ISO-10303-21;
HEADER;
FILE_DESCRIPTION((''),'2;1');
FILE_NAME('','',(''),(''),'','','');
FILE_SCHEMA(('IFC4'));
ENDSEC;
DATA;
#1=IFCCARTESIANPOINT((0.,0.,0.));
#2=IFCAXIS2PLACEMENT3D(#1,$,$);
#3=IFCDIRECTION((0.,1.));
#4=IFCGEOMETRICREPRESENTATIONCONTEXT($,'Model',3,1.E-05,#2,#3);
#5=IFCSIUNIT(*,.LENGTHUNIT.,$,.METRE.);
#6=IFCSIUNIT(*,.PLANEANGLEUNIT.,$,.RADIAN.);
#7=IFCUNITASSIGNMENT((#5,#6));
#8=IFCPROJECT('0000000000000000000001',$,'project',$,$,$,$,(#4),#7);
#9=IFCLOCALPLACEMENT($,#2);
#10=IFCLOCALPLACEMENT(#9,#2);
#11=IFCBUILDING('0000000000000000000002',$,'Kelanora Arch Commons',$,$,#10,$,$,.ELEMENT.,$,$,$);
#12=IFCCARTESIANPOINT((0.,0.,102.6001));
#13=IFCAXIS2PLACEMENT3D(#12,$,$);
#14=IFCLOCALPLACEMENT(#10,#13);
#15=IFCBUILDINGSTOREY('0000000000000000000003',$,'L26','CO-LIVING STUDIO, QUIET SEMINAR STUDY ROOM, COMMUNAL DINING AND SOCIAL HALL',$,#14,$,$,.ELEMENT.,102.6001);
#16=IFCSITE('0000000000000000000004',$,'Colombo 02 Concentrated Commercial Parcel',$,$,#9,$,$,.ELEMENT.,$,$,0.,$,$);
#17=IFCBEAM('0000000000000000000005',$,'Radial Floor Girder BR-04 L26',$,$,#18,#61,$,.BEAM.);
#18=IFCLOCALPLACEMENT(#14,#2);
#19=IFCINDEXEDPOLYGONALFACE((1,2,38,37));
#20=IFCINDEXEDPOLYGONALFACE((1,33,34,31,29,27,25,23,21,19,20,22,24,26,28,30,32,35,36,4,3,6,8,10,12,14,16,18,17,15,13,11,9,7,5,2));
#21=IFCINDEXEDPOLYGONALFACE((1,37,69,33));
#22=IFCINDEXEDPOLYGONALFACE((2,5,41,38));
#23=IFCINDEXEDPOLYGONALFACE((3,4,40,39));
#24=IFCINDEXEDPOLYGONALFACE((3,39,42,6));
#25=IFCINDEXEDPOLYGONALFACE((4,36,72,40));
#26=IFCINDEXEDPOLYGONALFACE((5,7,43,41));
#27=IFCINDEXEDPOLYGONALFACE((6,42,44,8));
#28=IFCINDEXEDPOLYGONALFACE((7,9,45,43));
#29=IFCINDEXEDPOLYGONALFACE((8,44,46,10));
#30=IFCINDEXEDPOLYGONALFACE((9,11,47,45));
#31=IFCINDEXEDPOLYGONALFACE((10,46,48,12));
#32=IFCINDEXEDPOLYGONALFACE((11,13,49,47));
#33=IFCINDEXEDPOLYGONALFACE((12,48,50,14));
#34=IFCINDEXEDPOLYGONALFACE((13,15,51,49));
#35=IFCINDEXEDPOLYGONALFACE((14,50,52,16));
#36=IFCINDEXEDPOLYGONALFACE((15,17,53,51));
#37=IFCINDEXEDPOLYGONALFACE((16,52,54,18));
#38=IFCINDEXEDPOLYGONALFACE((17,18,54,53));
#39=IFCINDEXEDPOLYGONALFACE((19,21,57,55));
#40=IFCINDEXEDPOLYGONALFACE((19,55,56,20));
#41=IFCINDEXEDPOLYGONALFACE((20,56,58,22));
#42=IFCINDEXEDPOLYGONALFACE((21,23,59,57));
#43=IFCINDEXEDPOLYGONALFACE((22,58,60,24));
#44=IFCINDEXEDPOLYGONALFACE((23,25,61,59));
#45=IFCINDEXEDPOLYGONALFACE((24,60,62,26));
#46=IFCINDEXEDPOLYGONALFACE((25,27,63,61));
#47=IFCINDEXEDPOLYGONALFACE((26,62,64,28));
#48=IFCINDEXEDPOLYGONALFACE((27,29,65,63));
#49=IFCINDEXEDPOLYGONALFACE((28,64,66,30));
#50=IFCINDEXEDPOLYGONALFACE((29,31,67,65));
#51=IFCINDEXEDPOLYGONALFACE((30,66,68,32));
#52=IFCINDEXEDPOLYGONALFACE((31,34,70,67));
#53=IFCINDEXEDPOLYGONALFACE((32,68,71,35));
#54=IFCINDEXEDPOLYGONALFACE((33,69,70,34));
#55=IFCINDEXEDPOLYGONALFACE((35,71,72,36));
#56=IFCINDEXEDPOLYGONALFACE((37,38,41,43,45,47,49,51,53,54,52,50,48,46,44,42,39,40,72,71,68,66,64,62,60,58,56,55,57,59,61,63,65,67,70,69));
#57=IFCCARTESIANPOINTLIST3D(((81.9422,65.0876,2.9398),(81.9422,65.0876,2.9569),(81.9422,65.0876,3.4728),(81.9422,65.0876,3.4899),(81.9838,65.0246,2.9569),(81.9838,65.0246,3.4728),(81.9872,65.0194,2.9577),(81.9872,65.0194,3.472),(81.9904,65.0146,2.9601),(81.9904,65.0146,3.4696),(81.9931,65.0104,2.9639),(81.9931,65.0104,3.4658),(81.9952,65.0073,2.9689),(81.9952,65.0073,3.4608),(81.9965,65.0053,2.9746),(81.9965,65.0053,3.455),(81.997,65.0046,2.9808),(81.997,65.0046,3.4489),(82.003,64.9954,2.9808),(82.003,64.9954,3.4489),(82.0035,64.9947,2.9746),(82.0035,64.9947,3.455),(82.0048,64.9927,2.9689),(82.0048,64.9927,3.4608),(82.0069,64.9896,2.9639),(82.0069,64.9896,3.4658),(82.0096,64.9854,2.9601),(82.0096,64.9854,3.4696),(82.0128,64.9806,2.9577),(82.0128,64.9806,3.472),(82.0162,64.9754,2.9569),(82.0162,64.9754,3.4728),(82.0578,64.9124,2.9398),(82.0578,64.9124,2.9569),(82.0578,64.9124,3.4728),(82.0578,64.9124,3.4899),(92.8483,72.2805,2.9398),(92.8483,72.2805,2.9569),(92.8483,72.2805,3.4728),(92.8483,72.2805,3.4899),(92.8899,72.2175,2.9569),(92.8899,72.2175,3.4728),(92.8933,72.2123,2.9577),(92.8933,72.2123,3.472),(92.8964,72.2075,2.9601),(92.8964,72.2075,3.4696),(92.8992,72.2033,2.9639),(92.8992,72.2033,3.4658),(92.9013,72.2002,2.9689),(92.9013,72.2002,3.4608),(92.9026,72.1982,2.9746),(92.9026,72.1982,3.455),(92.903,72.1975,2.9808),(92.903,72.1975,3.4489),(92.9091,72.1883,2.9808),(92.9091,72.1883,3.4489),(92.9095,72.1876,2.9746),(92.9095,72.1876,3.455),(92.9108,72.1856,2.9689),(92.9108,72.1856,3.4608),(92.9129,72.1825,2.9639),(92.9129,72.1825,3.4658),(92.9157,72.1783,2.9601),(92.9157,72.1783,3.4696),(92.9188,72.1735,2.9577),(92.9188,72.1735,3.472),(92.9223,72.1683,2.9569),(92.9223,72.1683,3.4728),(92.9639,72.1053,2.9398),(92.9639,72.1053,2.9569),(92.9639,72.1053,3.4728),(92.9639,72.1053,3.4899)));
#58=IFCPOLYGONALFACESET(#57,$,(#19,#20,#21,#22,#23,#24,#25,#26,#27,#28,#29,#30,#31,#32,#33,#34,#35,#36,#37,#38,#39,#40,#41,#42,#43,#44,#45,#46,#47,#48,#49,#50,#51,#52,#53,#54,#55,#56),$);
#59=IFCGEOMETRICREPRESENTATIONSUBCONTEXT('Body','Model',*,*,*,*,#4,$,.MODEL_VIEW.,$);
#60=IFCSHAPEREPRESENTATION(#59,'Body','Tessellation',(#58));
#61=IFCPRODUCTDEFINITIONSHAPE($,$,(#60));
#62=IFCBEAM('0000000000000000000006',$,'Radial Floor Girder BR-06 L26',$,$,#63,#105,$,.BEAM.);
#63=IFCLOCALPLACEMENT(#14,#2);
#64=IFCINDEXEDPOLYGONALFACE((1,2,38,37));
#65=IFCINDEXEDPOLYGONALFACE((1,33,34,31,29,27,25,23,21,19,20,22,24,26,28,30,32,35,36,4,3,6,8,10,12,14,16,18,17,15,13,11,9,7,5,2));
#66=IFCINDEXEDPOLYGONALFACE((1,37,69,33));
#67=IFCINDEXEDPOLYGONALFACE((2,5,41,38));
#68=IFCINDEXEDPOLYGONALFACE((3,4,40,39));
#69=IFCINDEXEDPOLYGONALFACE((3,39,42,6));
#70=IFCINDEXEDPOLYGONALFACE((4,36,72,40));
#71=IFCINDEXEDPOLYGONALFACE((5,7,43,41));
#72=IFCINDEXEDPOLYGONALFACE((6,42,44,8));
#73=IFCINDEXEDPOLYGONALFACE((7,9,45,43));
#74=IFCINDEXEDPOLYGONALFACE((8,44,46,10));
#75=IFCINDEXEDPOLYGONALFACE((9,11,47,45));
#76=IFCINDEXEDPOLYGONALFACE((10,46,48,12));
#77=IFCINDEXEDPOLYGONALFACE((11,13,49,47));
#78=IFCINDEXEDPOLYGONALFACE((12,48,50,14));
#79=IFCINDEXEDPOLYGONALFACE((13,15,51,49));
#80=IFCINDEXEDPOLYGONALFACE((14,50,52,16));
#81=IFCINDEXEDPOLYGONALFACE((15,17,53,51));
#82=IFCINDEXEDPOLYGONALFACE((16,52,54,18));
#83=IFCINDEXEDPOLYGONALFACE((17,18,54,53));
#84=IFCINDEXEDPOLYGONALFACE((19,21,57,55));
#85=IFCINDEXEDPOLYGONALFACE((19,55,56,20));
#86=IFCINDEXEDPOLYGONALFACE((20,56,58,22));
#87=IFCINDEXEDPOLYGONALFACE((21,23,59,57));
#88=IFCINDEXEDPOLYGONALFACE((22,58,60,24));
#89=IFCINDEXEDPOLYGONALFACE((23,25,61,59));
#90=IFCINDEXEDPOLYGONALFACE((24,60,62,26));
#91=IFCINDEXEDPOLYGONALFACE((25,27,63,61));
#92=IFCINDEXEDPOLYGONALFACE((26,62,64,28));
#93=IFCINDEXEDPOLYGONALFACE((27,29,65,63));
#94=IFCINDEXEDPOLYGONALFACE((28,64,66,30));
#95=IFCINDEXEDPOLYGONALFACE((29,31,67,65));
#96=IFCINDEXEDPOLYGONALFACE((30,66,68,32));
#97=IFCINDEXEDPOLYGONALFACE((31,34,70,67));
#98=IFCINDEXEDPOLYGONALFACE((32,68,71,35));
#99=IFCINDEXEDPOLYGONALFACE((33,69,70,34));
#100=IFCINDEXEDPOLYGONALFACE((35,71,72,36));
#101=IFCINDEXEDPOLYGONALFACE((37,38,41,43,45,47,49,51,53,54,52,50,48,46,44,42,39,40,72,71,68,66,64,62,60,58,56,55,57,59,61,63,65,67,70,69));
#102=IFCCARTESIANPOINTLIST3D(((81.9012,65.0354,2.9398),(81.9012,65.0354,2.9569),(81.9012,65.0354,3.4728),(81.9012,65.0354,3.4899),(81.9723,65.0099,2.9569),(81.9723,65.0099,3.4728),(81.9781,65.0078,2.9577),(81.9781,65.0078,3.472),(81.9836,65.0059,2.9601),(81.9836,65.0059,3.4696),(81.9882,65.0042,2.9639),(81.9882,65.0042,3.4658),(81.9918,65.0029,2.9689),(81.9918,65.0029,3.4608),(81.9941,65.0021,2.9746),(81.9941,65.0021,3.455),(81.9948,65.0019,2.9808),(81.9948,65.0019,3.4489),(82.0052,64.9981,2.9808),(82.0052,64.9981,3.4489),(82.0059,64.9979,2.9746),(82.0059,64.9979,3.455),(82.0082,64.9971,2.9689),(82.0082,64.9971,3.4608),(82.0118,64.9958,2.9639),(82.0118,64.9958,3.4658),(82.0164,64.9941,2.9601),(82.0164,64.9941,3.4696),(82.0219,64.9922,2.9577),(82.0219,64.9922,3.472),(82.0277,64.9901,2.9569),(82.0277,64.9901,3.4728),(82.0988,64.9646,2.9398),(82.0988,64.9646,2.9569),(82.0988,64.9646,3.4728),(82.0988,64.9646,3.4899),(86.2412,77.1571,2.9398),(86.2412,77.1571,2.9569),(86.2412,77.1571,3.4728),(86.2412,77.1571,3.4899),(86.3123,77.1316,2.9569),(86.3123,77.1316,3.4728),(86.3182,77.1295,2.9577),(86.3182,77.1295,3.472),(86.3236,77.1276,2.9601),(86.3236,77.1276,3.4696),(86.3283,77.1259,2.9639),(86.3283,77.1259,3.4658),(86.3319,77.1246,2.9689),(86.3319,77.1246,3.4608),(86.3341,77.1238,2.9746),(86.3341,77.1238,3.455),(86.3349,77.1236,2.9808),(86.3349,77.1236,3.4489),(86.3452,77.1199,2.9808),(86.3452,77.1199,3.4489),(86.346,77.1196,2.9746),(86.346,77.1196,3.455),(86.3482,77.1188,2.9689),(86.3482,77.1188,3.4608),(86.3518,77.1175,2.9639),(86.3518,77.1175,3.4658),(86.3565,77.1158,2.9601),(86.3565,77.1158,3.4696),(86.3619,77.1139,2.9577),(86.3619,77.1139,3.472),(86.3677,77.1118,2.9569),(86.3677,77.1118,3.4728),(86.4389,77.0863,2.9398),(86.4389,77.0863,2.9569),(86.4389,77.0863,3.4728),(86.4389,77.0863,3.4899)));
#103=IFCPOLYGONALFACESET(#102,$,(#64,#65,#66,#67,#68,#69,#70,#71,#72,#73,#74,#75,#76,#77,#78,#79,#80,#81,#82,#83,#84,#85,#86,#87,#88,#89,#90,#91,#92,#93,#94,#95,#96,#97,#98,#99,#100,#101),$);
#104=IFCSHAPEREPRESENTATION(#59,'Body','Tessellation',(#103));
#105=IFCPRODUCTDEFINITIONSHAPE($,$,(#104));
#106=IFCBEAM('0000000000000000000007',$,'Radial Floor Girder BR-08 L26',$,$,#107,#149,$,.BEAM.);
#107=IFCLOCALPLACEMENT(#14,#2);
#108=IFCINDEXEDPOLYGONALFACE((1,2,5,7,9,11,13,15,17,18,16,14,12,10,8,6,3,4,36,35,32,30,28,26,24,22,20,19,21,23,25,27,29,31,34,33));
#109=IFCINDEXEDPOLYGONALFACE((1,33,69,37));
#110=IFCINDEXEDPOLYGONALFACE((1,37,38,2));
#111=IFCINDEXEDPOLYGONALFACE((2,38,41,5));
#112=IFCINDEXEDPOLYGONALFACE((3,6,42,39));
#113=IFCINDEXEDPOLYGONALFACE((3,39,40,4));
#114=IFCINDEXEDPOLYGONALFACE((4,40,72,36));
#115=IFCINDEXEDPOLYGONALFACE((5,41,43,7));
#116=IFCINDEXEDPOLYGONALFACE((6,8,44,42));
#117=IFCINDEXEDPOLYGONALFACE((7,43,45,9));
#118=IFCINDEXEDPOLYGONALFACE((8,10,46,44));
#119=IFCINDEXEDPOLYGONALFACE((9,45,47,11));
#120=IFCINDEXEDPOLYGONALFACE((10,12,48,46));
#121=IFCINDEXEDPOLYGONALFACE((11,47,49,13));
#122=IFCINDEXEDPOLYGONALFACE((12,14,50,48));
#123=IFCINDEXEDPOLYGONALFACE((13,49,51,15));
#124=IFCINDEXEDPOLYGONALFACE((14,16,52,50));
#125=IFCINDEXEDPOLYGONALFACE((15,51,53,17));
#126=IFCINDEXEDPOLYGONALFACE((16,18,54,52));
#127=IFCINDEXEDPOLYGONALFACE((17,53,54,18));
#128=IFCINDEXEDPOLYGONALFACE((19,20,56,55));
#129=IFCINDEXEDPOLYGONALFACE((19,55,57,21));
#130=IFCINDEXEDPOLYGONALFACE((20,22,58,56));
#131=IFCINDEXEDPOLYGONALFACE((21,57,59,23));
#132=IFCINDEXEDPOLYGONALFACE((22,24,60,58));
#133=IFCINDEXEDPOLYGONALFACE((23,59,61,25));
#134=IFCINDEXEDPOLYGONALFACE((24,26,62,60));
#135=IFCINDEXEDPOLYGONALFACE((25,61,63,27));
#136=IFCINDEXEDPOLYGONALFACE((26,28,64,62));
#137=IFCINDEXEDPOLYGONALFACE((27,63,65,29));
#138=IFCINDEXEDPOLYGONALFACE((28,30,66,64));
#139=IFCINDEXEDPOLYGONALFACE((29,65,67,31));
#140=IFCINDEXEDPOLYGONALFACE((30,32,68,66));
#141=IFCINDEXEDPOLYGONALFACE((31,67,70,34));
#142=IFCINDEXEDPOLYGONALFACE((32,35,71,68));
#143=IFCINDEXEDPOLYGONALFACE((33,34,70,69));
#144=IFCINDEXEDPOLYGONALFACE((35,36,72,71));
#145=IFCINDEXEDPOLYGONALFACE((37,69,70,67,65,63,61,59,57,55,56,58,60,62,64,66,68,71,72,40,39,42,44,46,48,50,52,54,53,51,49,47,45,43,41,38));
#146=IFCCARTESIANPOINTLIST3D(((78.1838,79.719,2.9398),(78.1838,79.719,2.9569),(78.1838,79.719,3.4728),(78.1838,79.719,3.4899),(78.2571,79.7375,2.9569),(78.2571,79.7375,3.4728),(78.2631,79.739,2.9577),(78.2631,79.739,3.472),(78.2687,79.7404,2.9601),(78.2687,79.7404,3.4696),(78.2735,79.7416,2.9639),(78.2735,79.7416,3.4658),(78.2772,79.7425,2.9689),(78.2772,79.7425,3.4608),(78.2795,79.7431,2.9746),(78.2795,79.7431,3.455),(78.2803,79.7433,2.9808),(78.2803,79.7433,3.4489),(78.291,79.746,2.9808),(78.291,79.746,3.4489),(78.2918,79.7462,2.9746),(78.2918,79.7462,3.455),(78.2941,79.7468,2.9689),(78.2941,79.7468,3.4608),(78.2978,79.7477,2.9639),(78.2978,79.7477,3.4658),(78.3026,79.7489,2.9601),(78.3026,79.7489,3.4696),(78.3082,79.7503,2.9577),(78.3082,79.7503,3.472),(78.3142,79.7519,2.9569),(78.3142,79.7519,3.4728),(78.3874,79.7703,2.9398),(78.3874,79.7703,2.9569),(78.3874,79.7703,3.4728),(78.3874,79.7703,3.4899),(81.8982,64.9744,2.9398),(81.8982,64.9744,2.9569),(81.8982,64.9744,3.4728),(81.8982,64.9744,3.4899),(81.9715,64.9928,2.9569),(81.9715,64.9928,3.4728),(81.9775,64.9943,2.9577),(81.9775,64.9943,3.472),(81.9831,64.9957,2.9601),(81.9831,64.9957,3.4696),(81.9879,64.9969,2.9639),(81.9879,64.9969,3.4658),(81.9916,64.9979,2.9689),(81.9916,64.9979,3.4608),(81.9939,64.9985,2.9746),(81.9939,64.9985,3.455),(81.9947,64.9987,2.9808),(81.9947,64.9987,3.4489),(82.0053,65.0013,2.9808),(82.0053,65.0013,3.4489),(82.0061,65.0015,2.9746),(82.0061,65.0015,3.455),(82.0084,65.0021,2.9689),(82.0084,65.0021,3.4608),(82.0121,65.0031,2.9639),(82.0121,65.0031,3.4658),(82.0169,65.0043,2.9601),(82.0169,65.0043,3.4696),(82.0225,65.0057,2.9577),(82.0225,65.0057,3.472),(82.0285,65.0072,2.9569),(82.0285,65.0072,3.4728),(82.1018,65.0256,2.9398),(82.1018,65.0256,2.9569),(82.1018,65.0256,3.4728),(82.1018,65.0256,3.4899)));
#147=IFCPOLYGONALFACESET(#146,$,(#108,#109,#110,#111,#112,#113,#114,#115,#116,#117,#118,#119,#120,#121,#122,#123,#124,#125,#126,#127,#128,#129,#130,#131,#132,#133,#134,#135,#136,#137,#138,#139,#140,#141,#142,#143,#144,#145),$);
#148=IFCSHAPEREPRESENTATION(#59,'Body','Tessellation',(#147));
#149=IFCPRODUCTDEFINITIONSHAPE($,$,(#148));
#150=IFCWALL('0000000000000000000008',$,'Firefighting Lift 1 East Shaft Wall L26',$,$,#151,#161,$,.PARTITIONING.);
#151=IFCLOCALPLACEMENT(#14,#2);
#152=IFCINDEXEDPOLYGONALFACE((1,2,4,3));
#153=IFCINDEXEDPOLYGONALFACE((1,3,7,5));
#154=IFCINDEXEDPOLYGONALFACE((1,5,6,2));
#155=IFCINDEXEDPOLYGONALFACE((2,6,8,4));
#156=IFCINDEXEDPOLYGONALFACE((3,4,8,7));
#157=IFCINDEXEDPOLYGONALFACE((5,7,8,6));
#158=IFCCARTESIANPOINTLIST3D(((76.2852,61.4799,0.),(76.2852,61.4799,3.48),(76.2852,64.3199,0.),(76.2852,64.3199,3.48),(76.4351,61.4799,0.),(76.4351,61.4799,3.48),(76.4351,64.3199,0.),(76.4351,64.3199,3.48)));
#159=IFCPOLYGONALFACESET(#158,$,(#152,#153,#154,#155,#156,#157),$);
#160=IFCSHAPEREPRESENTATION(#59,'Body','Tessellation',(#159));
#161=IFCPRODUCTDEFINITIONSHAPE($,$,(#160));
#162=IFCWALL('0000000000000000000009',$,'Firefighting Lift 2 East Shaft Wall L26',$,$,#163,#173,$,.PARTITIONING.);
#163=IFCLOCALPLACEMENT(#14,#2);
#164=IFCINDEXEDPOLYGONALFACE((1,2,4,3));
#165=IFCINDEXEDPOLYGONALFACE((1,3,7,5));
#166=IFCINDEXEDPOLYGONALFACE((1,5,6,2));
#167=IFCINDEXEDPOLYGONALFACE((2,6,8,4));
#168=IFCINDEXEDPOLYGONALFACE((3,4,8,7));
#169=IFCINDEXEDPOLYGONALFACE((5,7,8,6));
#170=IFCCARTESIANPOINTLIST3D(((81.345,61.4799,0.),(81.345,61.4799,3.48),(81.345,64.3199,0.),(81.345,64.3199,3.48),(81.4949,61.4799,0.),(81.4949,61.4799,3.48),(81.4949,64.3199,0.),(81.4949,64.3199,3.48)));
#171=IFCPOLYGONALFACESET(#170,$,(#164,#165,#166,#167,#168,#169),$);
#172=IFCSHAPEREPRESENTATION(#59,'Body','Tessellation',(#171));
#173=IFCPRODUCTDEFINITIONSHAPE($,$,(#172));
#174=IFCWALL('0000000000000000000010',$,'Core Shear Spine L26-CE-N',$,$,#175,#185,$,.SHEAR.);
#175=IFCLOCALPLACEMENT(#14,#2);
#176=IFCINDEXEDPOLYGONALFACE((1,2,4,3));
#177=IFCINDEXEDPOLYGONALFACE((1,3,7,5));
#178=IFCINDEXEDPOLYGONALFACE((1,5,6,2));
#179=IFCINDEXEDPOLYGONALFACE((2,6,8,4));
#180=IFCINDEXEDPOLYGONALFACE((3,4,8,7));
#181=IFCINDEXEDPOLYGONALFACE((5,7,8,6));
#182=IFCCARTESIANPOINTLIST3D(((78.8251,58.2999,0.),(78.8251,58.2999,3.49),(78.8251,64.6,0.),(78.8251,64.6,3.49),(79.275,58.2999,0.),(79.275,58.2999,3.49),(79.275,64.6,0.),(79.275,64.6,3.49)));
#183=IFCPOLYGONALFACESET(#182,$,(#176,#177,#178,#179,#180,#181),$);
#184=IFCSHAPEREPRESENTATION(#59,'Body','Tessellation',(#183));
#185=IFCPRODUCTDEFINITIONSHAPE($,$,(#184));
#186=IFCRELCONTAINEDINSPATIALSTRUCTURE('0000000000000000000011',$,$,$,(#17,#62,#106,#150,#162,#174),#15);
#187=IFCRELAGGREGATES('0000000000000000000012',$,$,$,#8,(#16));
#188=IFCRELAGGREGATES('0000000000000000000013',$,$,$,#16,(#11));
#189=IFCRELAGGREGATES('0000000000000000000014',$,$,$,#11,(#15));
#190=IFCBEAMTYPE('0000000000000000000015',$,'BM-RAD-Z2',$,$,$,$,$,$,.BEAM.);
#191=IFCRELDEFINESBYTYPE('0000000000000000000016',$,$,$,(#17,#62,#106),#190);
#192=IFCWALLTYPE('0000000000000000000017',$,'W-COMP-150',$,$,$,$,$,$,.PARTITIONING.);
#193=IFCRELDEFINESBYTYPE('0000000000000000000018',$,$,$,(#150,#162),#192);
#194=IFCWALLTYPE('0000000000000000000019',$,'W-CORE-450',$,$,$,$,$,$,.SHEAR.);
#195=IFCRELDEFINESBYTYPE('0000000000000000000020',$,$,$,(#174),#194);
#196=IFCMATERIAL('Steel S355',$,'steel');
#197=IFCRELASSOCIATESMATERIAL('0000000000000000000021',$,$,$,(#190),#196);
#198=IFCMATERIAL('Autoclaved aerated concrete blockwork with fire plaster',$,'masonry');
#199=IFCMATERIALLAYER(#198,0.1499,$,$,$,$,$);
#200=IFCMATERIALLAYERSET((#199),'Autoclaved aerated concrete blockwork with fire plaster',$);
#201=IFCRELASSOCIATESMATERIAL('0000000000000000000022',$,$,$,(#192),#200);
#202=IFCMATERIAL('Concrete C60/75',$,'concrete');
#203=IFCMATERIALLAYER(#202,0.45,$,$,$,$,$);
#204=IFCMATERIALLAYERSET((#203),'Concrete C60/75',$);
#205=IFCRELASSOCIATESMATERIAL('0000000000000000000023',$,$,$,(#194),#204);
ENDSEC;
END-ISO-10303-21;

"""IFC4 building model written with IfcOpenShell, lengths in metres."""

from ifc_helpers import new_model, si_unit, direction, frame, frame_2d, origin, origin_2d, place, context, subcontext, project, spatial, rectangle, i_section, extrude, material, layer, layer_set, material_profile, profile_set, type_object, element, save


model = new_model("IFC4")

# Units and contexts
model_context = context("Model", 3, precision=1e-05, world=origin(), true_north=direction((0.0, 1.0)))
body_context = subcontext(model_context, "Body", "Model", "MODEL_VIEW")
ifc_project = project(units=[si_unit("LENGTHUNIT", "METRE"), si_unit("PLANEANGLEUNIT", "RADIAN")], contexts=[model_context])

# Site, building, storey
site_placement = place(None, origin())
site = spatial("IfcSite", under=ifc_project, at=site_placement, Name="Colombo 02 Concentrated Commercial Parcel", CompositionType="ELEMENT", RefElevation=0.0)
building_placement = place(site_placement, origin())
building = spatial("IfcBuilding", under=site, at=building_placement, Name="Kelanora Arch Commons", CompositionType="ELEMENT")
storey_placement = place(building_placement, frame((0.0, 0.0, 102.6001)))
storey = spatial("IfcBuildingStorey", under=building, at=storey_placement, Name="L26", Description="CO-LIVING STUDIO, QUIET SEMINAR STUDY ROOM, COMMUNAL DINING AND SOCIAL HALL", CompositionType="ELEMENT", Elevation=102.6001)

# Shared definitions
ifc_material_1 = material(Name="Concrete C60/75", Category="concrete")

# Beams
ifc_material_2 = material(Name="Steel S355", Category="steel")
ifc_material_profile_1 = material_profile(ifc_material_2, i_section(OverallWidth=0.21, OverallDepth=0.55, WebThickness=0.011, FlangeThickness=0.0171, FilletRadius=0.0239, at=origin_2d()), Name="IPE550")
ifc_profile_set_1 = profile_set([ifc_material_profile_1], Name="Steel S355")
beam_type_1 = type_object("IfcBeamType", Name="BM-RAD-Z2", PredefinedType="BEAM", material=ifc_profile_set_1)
beam_1_placement = place(storey_placement, frame((82.0, 65.0, 3.2148), z_axis=(0.834789, 0.550571, 0.0), x_axis=(-0.550571, 0.834789, 0.0)))
element("IfcBeam", 1, at=beam_1_placement, inside=storey, type_object=beam_type_1, Name="Radial Floor Girder BR-04 L26", PredefinedType="BEAM", context=body_context, shape_type="SweptSolid", body=[
    extrude(i_section(OverallWidth=0.21, OverallDepth=0.55, WebThickness=0.011, FlangeThickness=0.0171, FilletRadius=0.0239, at=origin_2d()), origin(), (0.0, 0.0, 1.0), 13.0645),
])
beam_2_placement = place(storey_placement, frame((82.0, 65.0, 3.2148), z_axis=(0.337085, 0.941474, 0.0), x_axis=(-0.941474, 0.337085, 0.0)))
element("IfcBeam", 2, at=beam_2_placement, inside=storey, type_object=beam_type_1, Name="Radial Floor Girder BR-06 L26", PredefinedType="BEAM", context=body_context, shape_type="SweptSolid", body=[
    extrude(i_section(OverallWidth=0.21, OverallDepth=0.55, WebThickness=0.011, FlangeThickness=0.0171, FilletRadius=0.0239, at=origin_2d()), origin(), (0.0, 0.0, 1.0), 12.8752),
])
beam_3_placement = place(storey_placement, frame((82.0, 65.0, 3.2148), z_axis=(-0.244281, 0.969705, 0.0), x_axis=(-0.969705, -0.244281, 0.0)))
element("IfcBeam", 3, at=beam_3_placement, inside=storey, type_object=beam_type_1, Name="Radial Floor Girder BR-08 L26", PredefinedType="BEAM", context=body_context, shape_type="SweptSolid", body=[
    extrude(i_section(OverallWidth=0.21, OverallDepth=0.55, WebThickness=0.011, FlangeThickness=0.0171, FilletRadius=0.0239, at=origin_2d()), origin(), (0.0, 0.0, 1.0), 15.2053),
])

# Walls
ifc_material_3 = material(Name="Autoclaved aerated concrete blockwork with fire plaster", Category="masonry")
ifc_layer_1 = layer(ifc_material_3, 0.1499)
ifc_layer_set_1 = layer_set([ifc_layer_1], Name="Autoclaved aerated concrete blockwork with fire plaster")
wall_type_1 = type_object("IfcWallType", Name="W-COMP-150", PredefinedType="PARTITIONING", material=ifc_layer_set_1)
for number, where, z_axis, x_axis, name in (
    (4, (76.3601, 61.48, 0.0), (0.0, 0.0, 1.0), (0.0, 1.0, 0.0), "Firefighting Lift 1 East Shaft Wall L26"),
    (5, (81.4199, 61.48, 0.0), (0.0, 0.0, 1.0), (0.0, 1.0, 0.0), "Firefighting Lift 2 East Shaft Wall L26"),
):
    element("IfcWall", number, at=place(storey_placement, frame(where, z_axis=z_axis, x_axis=x_axis)), inside=storey, type_object=wall_type_1, Name=name, PredefinedType="PARTITIONING", context=body_context, shape_type="SweptSolid", body=[
        extrude(rectangle(XDim=2.8401, YDim=0.1499, at=frame_2d((1.4199, 0.0))), origin(), (0.0, 0.0, 1.0), 3.48),
    ])
ifc_layer_2 = layer(ifc_material_1, 0.45)
ifc_layer_set_2 = layer_set([ifc_layer_2], Name="Concrete C60/75")
wall_type_2 = type_object("IfcWallType", Name="W-CORE-450", PredefinedType="SHEAR", material=ifc_layer_set_2)
wall_1_placement = place(storey_placement, frame((79.05, 58.3, 0.0), z_axis=(0.0, 0.0, 1.0), x_axis=(0.0, 1.0, 0.0)))
element("IfcWall", 6, at=wall_1_placement, inside=storey, type_object=wall_type_2, Name="Core Shear Spine L26-CE-N", PredefinedType="SHEAR", context=body_context, shape_type="SweptSolid", body=[
    extrude(rectangle(XDim=6.3, YDim=0.45, at=frame_2d((3.1499, 0.0))), origin(), (0.0, 0.0, 1.0), 3.49),
])

save(model, "model.ifc")
